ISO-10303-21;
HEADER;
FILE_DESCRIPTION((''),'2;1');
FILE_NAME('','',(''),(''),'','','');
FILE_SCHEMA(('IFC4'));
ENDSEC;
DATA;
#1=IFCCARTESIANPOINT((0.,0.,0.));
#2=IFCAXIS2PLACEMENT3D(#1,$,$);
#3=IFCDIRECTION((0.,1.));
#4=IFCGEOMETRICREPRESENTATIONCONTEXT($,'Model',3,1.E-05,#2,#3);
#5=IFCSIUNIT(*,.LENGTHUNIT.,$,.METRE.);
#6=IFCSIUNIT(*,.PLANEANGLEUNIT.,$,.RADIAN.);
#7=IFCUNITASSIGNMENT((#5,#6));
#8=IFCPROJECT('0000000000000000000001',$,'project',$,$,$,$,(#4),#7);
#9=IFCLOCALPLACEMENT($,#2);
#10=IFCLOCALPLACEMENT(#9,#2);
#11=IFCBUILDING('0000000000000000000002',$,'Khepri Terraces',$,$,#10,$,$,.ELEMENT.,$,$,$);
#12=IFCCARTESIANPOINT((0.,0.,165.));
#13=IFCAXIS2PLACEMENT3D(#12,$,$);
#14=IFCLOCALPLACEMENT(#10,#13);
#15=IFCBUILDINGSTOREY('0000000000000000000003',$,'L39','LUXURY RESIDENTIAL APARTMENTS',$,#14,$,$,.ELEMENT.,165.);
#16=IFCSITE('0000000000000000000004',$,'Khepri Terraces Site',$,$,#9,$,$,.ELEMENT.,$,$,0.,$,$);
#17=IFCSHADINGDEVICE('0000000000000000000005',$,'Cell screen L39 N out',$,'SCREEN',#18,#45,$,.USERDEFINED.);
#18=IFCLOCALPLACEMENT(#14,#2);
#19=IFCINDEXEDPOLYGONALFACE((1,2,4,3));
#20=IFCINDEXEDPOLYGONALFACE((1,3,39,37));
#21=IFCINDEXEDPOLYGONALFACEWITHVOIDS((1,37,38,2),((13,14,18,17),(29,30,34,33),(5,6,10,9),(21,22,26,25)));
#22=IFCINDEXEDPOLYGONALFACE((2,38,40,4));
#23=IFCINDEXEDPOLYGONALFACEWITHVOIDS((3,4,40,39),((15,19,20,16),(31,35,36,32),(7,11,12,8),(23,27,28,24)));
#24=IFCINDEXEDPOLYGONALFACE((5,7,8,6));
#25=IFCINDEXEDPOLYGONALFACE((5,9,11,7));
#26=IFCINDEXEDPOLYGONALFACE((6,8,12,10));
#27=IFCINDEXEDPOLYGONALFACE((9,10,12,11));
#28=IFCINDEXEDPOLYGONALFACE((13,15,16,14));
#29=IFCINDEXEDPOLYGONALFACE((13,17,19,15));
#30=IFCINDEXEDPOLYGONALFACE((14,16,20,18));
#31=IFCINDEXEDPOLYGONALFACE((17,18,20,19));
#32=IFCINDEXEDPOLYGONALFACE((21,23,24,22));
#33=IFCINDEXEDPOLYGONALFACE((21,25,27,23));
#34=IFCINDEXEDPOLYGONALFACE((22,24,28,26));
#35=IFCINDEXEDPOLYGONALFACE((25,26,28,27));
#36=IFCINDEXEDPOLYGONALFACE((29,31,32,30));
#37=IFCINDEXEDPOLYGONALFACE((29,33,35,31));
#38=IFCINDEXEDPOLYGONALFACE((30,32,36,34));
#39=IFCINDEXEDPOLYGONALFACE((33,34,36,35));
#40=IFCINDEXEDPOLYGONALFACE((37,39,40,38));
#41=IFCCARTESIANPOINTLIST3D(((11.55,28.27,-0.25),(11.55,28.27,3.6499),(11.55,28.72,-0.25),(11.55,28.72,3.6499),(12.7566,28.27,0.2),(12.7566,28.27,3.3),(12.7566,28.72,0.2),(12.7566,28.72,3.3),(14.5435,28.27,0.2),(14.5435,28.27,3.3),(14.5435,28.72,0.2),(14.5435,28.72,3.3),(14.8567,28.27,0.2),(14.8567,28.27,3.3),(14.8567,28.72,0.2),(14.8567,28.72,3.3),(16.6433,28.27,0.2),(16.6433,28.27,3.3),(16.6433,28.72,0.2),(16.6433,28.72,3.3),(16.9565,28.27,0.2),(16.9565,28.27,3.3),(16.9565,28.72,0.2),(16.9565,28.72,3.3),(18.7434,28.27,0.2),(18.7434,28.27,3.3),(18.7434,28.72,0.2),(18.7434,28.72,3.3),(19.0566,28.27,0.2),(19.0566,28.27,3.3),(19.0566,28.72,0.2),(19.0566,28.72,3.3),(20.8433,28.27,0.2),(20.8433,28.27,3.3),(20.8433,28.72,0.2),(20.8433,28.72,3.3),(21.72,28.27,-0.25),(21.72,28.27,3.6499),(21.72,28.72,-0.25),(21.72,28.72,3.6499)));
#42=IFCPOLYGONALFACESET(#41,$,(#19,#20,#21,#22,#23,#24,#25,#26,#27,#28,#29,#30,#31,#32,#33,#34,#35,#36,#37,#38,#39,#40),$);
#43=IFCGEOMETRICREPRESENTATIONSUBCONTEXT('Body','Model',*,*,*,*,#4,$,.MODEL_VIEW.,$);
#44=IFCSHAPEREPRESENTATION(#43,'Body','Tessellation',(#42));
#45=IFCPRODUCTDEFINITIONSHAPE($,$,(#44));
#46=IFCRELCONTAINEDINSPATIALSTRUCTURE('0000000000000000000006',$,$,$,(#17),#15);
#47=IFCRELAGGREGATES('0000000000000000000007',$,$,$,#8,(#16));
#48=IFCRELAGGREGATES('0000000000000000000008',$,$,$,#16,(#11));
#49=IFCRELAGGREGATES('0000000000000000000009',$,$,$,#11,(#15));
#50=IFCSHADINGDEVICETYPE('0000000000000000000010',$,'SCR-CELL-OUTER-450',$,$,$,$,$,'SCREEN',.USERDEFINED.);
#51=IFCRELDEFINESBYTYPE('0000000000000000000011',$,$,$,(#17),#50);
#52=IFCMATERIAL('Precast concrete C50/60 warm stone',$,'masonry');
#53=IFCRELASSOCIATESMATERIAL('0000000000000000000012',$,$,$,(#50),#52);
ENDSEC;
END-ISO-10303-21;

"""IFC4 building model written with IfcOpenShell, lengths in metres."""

from ifc_helpers import new_model, si_unit, direction, frame, origin, place, context, subcontext, project, spatial, polyline, outline, extrude, material, type_object, element, save


model = new_model("IFC4")

# Units and contexts
model_context = context("Model", 3, precision=1e-05, world=origin(), true_north=direction((0.0, 1.0)))
body_context = subcontext(model_context, "Body", "Model", "MODEL_VIEW")
ifc_project = project(units=[si_unit("LENGTHUNIT", "METRE"), si_unit("PLANEANGLEUNIT", "RADIAN")], contexts=[model_context])

# Site, building, storey
site_placement = place(None, origin())
site = spatial("IfcSite", under=ifc_project, at=site_placement, Name="Khepri Terraces Site", CompositionType="ELEMENT", RefElevation=0.0)
building_placement = place(site_placement, origin())
building = spatial("IfcBuilding", under=site, at=building_placement, Name="Khepri Terraces", CompositionType="ELEMENT")
storey_placement = place(building_placement, frame((0.0, 0.0, 165.0)))
storey = spatial("IfcBuildingStorey", under=building, at=storey_placement, Name="L39", Description="LUXURY RESIDENTIAL APARTMENTS", CompositionType="ELEMENT", Elevation=165.0)

# Shared definitions
ifc_material_1 = material(Name="Precast concrete C50/60 warm stone", Category="masonry")

# Shading device
shading_device_type_1 = type_object("IfcShadingDeviceType", Name="SCR-CELL-OUTER-450", ElementType="SCREEN", PredefinedType="USERDEFINED", material=ifc_material_1)
shading_device_1_placement = place(storey_placement, frame((21.72, 28.27, -0.25), z_axis=(0.0, 1.0, 0.0), x_axis=(-1.0, 0.0, 0.0)))
element("IfcShadingDevice", 1, at=shading_device_1_placement, inside=storey, type_object=shading_device_type_1, Name="Cell screen L39 N out", ObjectType="SCREEN", PredefinedType="USERDEFINED", context=body_context, shape_type="SweptSolid", body=[
    extrude(outline(polyline([(0.0, 0.0), (10.1699, 0.0), (10.1699, 3.8999), (0.0, 3.8999), (0.0, 0.0)]), holes=[polyline([(0.8767, 0.45), (2.6633, 0.45), (2.6633, 3.55), (0.8767, 3.55), (0.8767, 0.45)]), polyline([(2.9766, 0.45), (4.7634, 0.45), (4.7634, 3.55), (2.9766, 3.55), (2.9766, 0.45)]), polyline([(5.0767, 0.45), (6.8633, 0.45), (6.8633, 3.55), (5.0767, 3.55), (5.0767, 0.45)]), polyline([(7.1765, 0.45), (8.9634, 0.45), (8.9634, 3.55), (7.1765, 3.55), (7.1765, 0.45)])]), origin(), (0.0, 0.0, 1.0), 0.45),
])

save(model, "model.ifc")
